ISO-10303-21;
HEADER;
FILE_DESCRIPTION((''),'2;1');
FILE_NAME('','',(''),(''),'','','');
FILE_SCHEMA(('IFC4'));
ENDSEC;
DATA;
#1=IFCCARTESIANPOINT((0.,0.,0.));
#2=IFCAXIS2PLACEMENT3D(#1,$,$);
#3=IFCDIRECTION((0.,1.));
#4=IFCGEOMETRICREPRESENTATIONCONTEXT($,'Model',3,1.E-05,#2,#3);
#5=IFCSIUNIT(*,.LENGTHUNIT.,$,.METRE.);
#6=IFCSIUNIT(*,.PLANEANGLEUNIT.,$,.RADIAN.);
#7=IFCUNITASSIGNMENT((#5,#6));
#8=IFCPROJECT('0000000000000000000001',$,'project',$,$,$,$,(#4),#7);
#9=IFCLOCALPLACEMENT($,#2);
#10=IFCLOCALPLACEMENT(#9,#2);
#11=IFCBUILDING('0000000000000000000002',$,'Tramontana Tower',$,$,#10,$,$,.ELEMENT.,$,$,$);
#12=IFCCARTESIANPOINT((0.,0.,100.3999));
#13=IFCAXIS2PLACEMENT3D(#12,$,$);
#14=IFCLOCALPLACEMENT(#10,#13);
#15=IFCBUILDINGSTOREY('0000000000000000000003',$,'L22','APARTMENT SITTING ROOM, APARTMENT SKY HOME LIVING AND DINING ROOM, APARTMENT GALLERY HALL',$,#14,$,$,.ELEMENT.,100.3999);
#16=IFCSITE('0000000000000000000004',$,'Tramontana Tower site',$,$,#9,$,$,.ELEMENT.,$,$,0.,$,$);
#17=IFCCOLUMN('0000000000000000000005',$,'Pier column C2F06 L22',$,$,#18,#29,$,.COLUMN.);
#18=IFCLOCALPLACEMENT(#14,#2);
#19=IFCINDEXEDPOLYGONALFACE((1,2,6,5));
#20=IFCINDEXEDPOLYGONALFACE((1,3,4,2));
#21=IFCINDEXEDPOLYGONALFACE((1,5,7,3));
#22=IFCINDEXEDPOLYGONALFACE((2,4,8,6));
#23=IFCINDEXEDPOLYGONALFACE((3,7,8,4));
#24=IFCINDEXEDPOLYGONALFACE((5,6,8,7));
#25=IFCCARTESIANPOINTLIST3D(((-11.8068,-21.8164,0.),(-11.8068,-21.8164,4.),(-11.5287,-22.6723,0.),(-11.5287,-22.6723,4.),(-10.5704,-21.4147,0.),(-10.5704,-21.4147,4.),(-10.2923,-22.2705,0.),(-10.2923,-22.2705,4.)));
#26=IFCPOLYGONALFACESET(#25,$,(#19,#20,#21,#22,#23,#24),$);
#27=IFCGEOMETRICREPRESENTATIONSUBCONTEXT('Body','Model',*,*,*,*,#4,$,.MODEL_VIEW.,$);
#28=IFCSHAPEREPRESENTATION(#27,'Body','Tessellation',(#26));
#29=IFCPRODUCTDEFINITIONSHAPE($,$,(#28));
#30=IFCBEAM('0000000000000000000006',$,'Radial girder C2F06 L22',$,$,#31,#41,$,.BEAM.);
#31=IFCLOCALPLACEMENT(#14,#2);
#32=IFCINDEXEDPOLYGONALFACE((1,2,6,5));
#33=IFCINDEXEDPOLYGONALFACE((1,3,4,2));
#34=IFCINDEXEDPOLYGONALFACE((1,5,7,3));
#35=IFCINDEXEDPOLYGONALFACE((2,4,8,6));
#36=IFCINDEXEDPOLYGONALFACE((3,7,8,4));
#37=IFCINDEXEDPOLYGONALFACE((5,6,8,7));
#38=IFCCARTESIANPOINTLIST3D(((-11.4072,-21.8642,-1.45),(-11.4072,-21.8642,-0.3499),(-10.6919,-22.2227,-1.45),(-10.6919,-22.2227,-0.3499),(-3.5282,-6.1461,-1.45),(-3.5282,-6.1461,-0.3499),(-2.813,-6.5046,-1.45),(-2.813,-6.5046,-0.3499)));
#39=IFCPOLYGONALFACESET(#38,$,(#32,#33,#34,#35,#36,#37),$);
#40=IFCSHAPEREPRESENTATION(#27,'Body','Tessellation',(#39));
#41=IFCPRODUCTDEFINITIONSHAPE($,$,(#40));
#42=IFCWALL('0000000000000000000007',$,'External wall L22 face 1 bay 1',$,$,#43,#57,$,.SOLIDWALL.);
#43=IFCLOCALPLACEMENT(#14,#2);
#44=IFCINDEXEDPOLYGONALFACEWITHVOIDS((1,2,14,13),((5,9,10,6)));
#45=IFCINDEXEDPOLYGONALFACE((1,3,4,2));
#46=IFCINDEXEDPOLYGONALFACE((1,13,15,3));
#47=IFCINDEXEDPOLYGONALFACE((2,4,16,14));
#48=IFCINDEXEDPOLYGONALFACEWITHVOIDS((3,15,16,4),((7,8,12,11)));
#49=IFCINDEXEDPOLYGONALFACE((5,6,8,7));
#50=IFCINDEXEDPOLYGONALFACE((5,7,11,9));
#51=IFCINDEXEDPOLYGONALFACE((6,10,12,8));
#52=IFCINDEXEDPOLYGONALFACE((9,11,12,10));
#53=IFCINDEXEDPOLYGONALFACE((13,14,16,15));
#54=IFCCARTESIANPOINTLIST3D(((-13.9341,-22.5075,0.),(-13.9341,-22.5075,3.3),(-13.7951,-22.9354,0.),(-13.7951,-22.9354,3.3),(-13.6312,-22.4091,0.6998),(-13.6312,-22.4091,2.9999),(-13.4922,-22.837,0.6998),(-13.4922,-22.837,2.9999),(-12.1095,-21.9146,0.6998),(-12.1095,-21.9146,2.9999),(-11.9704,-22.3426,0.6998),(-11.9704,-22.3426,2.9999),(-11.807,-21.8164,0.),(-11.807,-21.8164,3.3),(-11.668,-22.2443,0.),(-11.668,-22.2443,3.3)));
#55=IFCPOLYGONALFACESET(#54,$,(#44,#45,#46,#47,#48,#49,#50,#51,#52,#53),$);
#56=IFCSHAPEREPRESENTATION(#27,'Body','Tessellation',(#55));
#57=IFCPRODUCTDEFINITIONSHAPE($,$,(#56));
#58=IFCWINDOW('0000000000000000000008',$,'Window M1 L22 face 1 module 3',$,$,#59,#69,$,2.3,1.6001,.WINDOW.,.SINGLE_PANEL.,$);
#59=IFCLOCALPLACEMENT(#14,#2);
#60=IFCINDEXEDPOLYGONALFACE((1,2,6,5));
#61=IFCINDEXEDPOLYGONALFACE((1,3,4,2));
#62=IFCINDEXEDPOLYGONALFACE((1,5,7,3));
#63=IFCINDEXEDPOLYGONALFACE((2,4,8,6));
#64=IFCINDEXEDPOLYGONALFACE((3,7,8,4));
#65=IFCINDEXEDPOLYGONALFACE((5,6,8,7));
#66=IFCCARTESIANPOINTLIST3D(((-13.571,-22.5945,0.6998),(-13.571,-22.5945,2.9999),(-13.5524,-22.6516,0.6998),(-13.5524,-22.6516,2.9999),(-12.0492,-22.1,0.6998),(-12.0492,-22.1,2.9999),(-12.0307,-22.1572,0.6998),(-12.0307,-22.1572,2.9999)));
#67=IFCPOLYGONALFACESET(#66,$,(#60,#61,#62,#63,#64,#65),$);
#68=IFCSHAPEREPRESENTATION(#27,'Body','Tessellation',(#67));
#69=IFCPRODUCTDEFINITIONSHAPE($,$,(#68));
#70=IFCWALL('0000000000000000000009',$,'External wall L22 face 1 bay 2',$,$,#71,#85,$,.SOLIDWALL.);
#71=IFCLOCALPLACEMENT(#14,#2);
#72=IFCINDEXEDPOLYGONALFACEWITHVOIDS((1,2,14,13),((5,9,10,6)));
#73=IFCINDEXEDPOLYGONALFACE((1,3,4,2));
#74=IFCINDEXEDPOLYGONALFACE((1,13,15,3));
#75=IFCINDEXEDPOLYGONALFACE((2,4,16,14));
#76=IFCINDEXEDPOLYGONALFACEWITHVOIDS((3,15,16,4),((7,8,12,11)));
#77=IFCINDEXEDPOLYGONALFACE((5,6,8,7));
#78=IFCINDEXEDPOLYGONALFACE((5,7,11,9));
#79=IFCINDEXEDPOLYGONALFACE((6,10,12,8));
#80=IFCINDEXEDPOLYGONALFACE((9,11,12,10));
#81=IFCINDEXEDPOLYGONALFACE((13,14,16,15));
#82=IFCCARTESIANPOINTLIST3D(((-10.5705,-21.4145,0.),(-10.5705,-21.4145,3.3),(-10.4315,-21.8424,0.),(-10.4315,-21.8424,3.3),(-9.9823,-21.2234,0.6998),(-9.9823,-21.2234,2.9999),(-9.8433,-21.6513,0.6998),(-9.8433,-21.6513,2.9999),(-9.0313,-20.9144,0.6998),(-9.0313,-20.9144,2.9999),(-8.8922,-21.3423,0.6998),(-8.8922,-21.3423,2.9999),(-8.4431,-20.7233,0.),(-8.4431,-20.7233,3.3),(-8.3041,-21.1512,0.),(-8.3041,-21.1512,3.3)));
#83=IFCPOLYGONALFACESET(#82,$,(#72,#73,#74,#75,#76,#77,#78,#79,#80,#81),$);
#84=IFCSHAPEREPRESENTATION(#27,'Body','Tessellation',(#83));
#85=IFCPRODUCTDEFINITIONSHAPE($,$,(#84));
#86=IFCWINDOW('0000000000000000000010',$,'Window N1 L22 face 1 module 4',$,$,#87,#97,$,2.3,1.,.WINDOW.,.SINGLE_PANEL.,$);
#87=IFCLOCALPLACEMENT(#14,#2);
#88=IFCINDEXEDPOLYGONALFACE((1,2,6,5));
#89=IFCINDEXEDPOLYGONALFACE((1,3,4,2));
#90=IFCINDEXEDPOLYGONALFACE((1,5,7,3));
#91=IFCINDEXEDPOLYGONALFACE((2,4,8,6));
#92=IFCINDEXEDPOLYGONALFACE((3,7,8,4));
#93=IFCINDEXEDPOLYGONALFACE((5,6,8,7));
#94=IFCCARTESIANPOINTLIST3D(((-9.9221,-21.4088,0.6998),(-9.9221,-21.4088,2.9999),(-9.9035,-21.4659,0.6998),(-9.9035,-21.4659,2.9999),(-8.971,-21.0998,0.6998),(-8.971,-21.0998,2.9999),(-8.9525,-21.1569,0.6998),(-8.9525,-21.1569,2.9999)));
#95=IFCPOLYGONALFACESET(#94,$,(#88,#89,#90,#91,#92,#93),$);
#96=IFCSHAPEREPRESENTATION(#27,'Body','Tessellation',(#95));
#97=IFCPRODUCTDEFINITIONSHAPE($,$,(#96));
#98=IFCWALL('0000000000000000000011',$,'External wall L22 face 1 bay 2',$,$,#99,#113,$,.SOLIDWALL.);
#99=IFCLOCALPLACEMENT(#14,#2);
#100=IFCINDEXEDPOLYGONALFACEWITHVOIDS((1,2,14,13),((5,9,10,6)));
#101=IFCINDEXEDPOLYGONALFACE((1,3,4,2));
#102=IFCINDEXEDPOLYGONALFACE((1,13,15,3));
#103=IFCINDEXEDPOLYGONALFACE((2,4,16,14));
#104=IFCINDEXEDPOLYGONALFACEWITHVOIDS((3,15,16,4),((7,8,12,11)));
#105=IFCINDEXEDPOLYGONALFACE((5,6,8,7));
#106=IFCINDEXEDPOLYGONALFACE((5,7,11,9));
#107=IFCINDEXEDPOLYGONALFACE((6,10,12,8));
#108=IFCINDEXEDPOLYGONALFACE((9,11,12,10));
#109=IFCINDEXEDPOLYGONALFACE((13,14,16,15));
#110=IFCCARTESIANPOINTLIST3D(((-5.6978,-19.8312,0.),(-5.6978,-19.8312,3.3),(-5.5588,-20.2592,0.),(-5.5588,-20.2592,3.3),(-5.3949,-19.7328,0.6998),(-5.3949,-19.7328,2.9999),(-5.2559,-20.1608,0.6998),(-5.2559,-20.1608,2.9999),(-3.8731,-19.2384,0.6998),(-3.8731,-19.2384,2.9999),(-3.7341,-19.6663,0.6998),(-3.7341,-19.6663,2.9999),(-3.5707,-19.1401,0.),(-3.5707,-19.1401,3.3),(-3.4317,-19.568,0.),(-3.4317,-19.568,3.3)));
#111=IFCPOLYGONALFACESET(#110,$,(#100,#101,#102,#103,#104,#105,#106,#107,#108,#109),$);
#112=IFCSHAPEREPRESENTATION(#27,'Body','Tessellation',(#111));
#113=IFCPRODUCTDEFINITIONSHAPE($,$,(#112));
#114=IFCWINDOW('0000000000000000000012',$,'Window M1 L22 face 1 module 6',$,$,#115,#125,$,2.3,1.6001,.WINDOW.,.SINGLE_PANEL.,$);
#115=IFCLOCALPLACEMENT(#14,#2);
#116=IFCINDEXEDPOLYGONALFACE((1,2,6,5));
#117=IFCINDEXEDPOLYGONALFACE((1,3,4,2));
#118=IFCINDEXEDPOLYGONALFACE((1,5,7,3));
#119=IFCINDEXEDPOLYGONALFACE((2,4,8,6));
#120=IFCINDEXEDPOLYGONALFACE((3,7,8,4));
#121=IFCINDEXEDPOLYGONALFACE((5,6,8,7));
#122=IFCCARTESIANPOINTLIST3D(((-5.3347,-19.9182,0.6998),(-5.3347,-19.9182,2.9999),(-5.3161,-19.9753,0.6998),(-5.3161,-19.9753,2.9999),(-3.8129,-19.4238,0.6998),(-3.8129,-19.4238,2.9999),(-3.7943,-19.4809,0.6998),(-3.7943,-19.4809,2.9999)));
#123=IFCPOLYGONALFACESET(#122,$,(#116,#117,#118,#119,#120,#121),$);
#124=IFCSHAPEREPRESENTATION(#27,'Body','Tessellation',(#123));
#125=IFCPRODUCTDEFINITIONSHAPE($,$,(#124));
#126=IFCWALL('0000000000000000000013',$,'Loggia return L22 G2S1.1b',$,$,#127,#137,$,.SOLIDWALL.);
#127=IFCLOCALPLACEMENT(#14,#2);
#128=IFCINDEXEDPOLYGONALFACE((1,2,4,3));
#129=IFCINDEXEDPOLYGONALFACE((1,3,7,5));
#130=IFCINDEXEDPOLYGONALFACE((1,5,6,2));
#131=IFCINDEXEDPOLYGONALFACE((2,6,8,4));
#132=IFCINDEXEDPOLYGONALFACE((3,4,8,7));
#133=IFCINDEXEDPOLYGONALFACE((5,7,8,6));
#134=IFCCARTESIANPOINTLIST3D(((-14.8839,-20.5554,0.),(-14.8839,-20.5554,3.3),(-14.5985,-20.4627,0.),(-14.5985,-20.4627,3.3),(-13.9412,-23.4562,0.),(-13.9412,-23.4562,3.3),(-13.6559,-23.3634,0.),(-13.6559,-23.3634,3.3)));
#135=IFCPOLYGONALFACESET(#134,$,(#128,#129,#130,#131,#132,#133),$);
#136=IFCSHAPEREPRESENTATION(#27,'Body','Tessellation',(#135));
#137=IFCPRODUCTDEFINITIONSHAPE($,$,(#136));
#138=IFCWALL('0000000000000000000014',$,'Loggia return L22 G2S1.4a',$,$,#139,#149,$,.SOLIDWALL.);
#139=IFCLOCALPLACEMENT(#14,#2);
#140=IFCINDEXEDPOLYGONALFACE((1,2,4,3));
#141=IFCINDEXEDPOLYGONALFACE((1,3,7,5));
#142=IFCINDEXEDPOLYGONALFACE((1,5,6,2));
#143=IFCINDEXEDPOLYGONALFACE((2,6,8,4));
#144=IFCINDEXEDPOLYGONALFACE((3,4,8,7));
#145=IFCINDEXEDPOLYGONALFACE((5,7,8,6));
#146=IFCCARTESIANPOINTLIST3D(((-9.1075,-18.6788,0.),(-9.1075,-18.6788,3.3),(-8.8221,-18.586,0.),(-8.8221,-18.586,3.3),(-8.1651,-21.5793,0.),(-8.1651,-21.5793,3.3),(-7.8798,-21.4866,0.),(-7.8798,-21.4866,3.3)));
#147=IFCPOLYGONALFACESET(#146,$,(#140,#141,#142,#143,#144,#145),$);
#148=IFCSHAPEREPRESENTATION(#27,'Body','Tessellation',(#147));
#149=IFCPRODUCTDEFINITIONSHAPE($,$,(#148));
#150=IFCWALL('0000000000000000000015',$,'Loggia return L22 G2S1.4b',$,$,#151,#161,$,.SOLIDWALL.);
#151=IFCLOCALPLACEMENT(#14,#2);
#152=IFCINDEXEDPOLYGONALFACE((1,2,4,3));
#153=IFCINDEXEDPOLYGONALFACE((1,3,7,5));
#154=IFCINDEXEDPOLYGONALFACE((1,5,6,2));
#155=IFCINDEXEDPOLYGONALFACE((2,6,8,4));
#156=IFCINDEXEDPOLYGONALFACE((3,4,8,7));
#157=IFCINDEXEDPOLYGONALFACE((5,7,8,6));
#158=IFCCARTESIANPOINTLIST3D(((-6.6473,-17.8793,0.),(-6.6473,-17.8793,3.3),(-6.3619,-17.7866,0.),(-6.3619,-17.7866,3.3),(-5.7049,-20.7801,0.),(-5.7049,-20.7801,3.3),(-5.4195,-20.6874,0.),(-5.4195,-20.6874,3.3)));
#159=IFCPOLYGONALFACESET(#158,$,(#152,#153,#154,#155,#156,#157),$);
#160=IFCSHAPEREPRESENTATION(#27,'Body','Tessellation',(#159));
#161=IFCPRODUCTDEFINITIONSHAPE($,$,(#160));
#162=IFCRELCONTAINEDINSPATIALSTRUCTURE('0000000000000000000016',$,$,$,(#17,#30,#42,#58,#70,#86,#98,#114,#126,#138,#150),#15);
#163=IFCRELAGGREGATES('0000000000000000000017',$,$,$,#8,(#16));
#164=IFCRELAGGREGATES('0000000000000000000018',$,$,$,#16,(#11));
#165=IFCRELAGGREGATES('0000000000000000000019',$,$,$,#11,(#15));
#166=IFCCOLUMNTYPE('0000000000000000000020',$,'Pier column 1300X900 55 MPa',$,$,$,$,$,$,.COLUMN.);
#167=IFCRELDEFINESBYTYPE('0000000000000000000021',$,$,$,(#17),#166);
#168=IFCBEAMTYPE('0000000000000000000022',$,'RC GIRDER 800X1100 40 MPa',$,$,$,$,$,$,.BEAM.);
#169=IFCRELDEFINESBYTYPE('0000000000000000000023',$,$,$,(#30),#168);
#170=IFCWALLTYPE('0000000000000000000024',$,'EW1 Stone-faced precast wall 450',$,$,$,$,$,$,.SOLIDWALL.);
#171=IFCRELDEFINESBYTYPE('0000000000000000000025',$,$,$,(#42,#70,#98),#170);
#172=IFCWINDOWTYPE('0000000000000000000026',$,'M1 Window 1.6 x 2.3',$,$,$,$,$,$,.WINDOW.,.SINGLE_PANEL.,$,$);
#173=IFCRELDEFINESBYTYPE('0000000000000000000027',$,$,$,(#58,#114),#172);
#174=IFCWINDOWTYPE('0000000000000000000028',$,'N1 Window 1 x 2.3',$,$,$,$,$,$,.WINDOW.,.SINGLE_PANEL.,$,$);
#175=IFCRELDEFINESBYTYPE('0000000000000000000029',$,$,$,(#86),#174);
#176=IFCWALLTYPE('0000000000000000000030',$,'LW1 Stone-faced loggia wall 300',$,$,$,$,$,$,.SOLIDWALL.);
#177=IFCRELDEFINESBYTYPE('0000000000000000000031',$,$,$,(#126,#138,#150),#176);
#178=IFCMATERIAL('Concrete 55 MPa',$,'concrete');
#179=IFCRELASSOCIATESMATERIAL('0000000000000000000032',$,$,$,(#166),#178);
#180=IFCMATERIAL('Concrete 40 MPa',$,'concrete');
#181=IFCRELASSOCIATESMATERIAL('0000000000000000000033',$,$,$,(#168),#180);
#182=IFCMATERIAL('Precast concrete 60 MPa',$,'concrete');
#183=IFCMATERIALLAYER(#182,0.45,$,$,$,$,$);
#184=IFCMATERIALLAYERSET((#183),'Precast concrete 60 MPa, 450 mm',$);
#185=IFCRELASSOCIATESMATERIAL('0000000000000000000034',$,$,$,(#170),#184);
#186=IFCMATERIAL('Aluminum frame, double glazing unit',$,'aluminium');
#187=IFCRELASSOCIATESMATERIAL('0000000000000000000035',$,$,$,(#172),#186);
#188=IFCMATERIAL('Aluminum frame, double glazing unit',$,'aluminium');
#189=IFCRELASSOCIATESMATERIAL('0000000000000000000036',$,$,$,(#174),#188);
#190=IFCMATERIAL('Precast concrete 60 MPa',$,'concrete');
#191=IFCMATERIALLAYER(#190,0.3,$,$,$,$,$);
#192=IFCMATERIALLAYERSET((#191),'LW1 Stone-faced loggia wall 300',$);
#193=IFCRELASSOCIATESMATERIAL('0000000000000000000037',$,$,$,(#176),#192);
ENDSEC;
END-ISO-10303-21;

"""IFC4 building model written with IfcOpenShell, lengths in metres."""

from ifc_helpers import new_model, si_unit, direction, frame, frame_2d, origin, origin_2d, place, context, subcontext, project, spatial, rectangle, extrude, material, layer, layer_set, material_profile, profile_set, type_object, element, fill, save


model = new_model("IFC4")

# Units and contexts
model_context = context("Model", 3, precision=1e-05, world=origin(), true_north=direction((0.0, 1.0)))
body_context = subcontext(model_context, "Body", "Model", "MODEL_VIEW")
ifc_project = project(units=[si_unit("LENGTHUNIT", "METRE"), si_unit("PLANEANGLEUNIT", "RADIAN")], contexts=[model_context])

# Site, building, storey
site_placement = place(None, origin())
site = spatial("IfcSite", under=ifc_project, at=site_placement, Name="Tramontana Tower site", CompositionType="ELEMENT", RefElevation=0.0)
building_placement = place(site_placement, origin())
building = spatial("IfcBuilding", under=site, at=building_placement, Name="Tramontana Tower", CompositionType="ELEMENT")
storey_placement = place(building_placement, frame((0.0, 0.0, 100.3999)))
storey = spatial("IfcBuildingStorey", under=building, at=storey_placement, Name="L22", Description="APARTMENT SITTING ROOM, APARTMENT SKY HOME LIVING AND DINING ROOM, APARTMENT GALLERY HALL", CompositionType="ELEMENT", Elevation=100.3999)

# Column
ifc_material_1 = material(Name="Concrete 55 MPa", Category="concrete")
ifc_material_profile_1 = material_profile(ifc_material_1, rectangle(XDim=1.3, YDim=0.8999, at=origin_2d()), Name="Pier column 1300X900 55 MPa")
ifc_profile_set_1 = profile_set([ifc_material_profile_1], Name="Concrete 55 MPa")
column_type = type_object("IfcColumnType", Name="Pier column 1300X900 55 MPa", PredefinedType="COLUMN", material=ifc_profile_set_1)
column_placement = place(storey_placement, frame((-11.0496, -22.0435, 0.0), z_axis=(0.0, 0.0, 1.0), x_axis=(0.951057, 0.309017, 0.0)))
element("IfcColumn", 1, at=column_placement, inside=storey, type_object=column_type, Name="Pier column C2F06 L22", PredefinedType="COLUMN", context=body_context, shape_type="SweptSolid", body=[
    extrude(rectangle(XDim=1.3, YDim=0.8999, at=origin_2d()), origin(), (0.0, 0.0, 1.0), 4.0),
])

# Beam
ifc_material_2 = material(Name="Concrete 40 MPa", Category="concrete")
ifc_material_profile_2 = material_profile(ifc_material_2, rectangle(XDim=0.8, YDim=1.1001, at=origin_2d()), Name="RC GIRDER 800X1100 40 MPa")
ifc_profile_set_2 = profile_set([ifc_material_profile_2], Name="Concrete 40 MPa")
beam_type = type_object("IfcBeamType", Name="RC GIRDER 800X1100 40 MPa", PredefinedType="BEAM", material=ifc_profile_set_2)
beam_placement = place(storey_placement, frame((-11.0496, -22.0435, -0.8999), z_axis=(0.448119, 0.893974, 0.0), x_axis=(-0.893974, 0.448119, 0.0)))
element("IfcBeam", 2, at=beam_placement, inside=storey, type_object=beam_type, Name="Radial girder C2F06 L22", PredefinedType="BEAM", context=body_context, shape_type="SweptSolid", body=[
    extrude(rectangle(XDim=0.8, YDim=1.1001, at=origin_2d()), origin(), (0.0, 0.0, 1.0), 17.5823),
])

# Walls, openings, windows
ifc_material_3 = material(Name="Precast concrete 60 MPa", Category="concrete")
ifc_layer_1 = layer(ifc_material_3, 0.45)
ifc_layer_set_1 = layer_set([ifc_layer_1], Name="Precast concrete 60 MPa, 450 mm")
wall_type_1 = type_object("IfcWallType", Name="EW1 Stone-faced precast wall 450", PredefinedType="SOLIDWALL", material=ifc_layer_set_1)
wall_1_placement = place(storey_placement, frame((-13.8645, -22.7214, 0.0), z_axis=(0.0, 0.0, 1.0), x_axis=(0.951057, 0.309014, 0.0)))
wall_1 = element("IfcWall", 3, at=wall_1_placement, inside=storey, type_object=wall_type_1, Name="External wall L22 face 1 bay 1", PredefinedType="SOLIDWALL", context=body_context, shape_type="SweptSolid", body=[
    extrude(rectangle(XDim=2.2366, YDim=0.45, at=frame_2d((1.1182, 0.0))), origin(), (0.0, 0.0, 1.0), 3.3),
])
opening_1_placement = place(wall_1_placement, frame((0.3184, 0.0, 0.7)))
opening_1 = element("IfcOpeningElement", 4, at=opening_1_placement, cuts=wall_1, PredefinedType="OPENING", context=body_context, shape_type="SweptSolid", body=[
    extrude(rectangle(XDim=1.6001, YDim=2.3, at=frame_2d((0.8, 1.1499))), frame((0.0, 0.2349, 0.0), z_axis=(0.0, -1.0, 0.0), x_axis=(1.0, 0.0, 0.0)), (0.0, 0.0, 1.0), 0.47),
])
ifc_material_4 = material(Name="Aluminum frame, double glazing unit", Category="aluminium")
window_type_1 = type_object("IfcWindowType", Name="M1 Window 1.6 x 2.3", PartitioningType="SINGLE_PANEL", PredefinedType="WINDOW", material=ifc_material_4)
window_1_placement = place(opening_1_placement, origin())
window_1 = element("IfcWindow", 5, at=window_1_placement, inside=storey, type_object=window_type_1, Name="Window M1 L22 face 1 module 3", OverallHeight=2.3, OverallWidth=1.6001, PartitioningType="SINGLE_PANEL", PredefinedType="WINDOW", context=body_context, shape_type="SweptSolid", body=[
    extrude(rectangle(XDim=1.6001, YDim=2.3, at=frame_2d((0.8, 1.1499))), frame((0.0, 0.03, 0.0), z_axis=(0.0, -1.0, 0.0), x_axis=(1.0, 0.0, 0.0)), (0.0, 0.0, 1.0), 0.0601),
])
fill(opening_1, window_1)
wall_2_placement = place(storey_placement, frame((-10.501, -21.6284, 0.0), z_axis=(0.0, 0.0, 1.0), x_axis=(0.951068, 0.308982, 0.0)))
wall_2 = element("IfcWall", 6, at=wall_2_placement, inside=storey, type_object=wall_type_1, Name="External wall L22 face 1 bay 2", PredefinedType="SOLIDWALL", context=body_context, shape_type="SweptSolid", body=[
    extrude(rectangle(XDim=2.2368, YDim=0.45, at=frame_2d((1.1184, 0.0))), origin(), (0.0, 0.0, 1.0), 3.3),
])
opening_2_placement = place(wall_2_placement, frame((0.6184, 0.0, 0.7)))
opening_2 = element("IfcOpeningElement", 7, at=opening_2_placement, cuts=wall_2, PredefinedType="OPENING", context=body_context, shape_type="SweptSolid", body=[
    extrude(rectangle(XDim=1.0, YDim=2.3, at=frame_2d((0.5, 1.1499))), frame((0.0, 0.2349, 0.0), z_axis=(0.0, -1.0, 0.0), x_axis=(1.0, 0.0, 0.0)), (0.0, 0.0, 1.0), 0.47),
])
ifc_material_5 = material(Name="Aluminum frame, double glazing unit", Category="aluminium")
window_type_2 = type_object("IfcWindowType", Name="N1 Window 1 x 2.3", PartitioningType="SINGLE_PANEL", PredefinedType="WINDOW", material=ifc_material_5)
window_2_placement = place(opening_2_placement, origin())
window_2 = element("IfcWindow", 8, at=window_2_placement, inside=storey, type_object=window_type_2, Name="Window N1 L22 face 1 module 4", OverallHeight=2.3, OverallWidth=1.0, PartitioningType="SINGLE_PANEL", PredefinedType="WINDOW", context=body_context, shape_type="SweptSolid", body=[
    extrude(rectangle(XDim=1.0, YDim=2.3, at=frame_2d((0.5, 1.1499))), frame((0.0, 0.03, 0.0), z_axis=(0.0, -1.0, 0.0), x_axis=(1.0, 0.0, 0.0)), (0.0, 0.0, 1.0), 0.0601),
])
fill(opening_2, window_2)
wall_3_placement = place(storey_placement, frame((-5.6282, -20.0452, 0.0), z_axis=(0.0, 0.0, 1.0), x_axis=(0.951057, 0.309014, 0.0)))
wall_3 = element("IfcWall", 9, at=wall_3_placement, inside=storey, type_object=wall_type_1, Name="External wall L22 face 1 bay 2", PredefinedType="SOLIDWALL", context=body_context, shape_type="SweptSolid", body=[
    extrude(rectangle(XDim=2.2366, YDim=0.45, at=frame_2d((1.1182, 0.0))), origin(), (0.0, 0.0, 1.0), 3.3),
])
opening_3_placement = place(wall_3_placement, frame((0.3184, 0.0, 0.7)))
opening_3 = element("IfcOpeningElement", 10, at=opening_3_placement, cuts=wall_3, PredefinedType="OPENING", context=body_context, shape_type="SweptSolid", body=[
    extrude(rectangle(XDim=1.6001, YDim=2.3, at=frame_2d((0.8, 1.1499))), frame((0.0, 0.2349, 0.0), z_axis=(0.0, -1.0, 0.0), x_axis=(1.0, 0.0, 0.0)), (0.0, 0.0, 1.0), 0.47),
])
window_3_placement = place(opening_3_placement, origin())
window_3 = element("IfcWindow", 11, at=window_3_placement, inside=storey, type_object=window_type_1, Name="Window M1 L22 face 1 module 6", OverallHeight=2.3, OverallWidth=1.6001, PartitioningType="SINGLE_PANEL", PredefinedType="WINDOW", context=body_context, shape_type="SweptSolid", body=[
    extrude(rectangle(XDim=1.6001, YDim=2.3, at=frame_2d((0.8, 1.1499))), frame((0.0, 0.03, 0.0), z_axis=(0.0, -1.0, 0.0), x_axis=(1.0, 0.0, 0.0)), (0.0, 0.0, 1.0), 0.0601),
])
fill(opening_3, window_3)

# Wall
ifc_material_6 = material(Name="Precast concrete 60 MPa", Category="concrete")
ifc_layer_2 = layer(ifc_material_6, 0.3)
ifc_layer_set_2 = layer_set([ifc_layer_2], Name="LW1 Stone-faced loggia wall 300")
wall_type_2 = type_object("IfcWallType", Name="LW1 Stone-faced loggia wall 300", PredefinedType="SOLIDWALL", material=ifc_layer_set_2)
wall_4_placement = place(storey_placement, frame((-13.7986, -23.4097, 0.0), z_axis=(0.0, 0.0, 1.0), x_axis=(-0.309063, 0.951042, 0.0)))
element("IfcWall", 12, at=wall_4_placement, inside=storey, type_object=wall_type_2, Name="Loggia return L22 G2S1.1b", PredefinedType="SOLIDWALL", context=body_context, shape_type="SweptSolid", body=[
    extrude(rectangle(XDim=3.05, YDim=0.3, at=frame_2d((1.5249, 0.0))), origin(), (0.0, 0.0, 1.0), 3.3),
])

# Walls
wall_5_placement = place(storey_placement, frame((-8.0225, -21.533, 0.0), z_axis=(0.0, 0.0, 1.0), x_axis=(-0.30899, 0.951065, 0.0)))
element("IfcWall", 13, at=wall_5_placement, inside=storey, type_object=wall_type_2, Name="Loggia return L22 G2S1.4a", PredefinedType="SOLIDWALL", context=body_context, shape_type="SweptSolid", body=[
    extrude(rectangle(XDim=3.0498, YDim=0.3, at=frame_2d((1.5249, 0.0))), origin(), (0.0, 0.0, 1.0), 3.3),
])
wall_6_placement = place(storey_placement, frame((-5.5623, -20.7336, 0.0), z_axis=(0.0, 0.0, 1.0), x_axis=(-0.308967, 0.951073, 0.0)))
element("IfcWall", 14, at=wall_6_placement, inside=storey, type_object=wall_type_2, Name="Loggia return L22 G2S1.4b", PredefinedType="SOLIDWALL", context=body_context, shape_type="SweptSolid", body=[
    extrude(rectangle(XDim=3.05, YDim=0.3, at=frame_2d((1.5249, 0.0))), origin(), (0.0, 0.0, 1.0), 3.3),
])

save(model, "model.ifc")
